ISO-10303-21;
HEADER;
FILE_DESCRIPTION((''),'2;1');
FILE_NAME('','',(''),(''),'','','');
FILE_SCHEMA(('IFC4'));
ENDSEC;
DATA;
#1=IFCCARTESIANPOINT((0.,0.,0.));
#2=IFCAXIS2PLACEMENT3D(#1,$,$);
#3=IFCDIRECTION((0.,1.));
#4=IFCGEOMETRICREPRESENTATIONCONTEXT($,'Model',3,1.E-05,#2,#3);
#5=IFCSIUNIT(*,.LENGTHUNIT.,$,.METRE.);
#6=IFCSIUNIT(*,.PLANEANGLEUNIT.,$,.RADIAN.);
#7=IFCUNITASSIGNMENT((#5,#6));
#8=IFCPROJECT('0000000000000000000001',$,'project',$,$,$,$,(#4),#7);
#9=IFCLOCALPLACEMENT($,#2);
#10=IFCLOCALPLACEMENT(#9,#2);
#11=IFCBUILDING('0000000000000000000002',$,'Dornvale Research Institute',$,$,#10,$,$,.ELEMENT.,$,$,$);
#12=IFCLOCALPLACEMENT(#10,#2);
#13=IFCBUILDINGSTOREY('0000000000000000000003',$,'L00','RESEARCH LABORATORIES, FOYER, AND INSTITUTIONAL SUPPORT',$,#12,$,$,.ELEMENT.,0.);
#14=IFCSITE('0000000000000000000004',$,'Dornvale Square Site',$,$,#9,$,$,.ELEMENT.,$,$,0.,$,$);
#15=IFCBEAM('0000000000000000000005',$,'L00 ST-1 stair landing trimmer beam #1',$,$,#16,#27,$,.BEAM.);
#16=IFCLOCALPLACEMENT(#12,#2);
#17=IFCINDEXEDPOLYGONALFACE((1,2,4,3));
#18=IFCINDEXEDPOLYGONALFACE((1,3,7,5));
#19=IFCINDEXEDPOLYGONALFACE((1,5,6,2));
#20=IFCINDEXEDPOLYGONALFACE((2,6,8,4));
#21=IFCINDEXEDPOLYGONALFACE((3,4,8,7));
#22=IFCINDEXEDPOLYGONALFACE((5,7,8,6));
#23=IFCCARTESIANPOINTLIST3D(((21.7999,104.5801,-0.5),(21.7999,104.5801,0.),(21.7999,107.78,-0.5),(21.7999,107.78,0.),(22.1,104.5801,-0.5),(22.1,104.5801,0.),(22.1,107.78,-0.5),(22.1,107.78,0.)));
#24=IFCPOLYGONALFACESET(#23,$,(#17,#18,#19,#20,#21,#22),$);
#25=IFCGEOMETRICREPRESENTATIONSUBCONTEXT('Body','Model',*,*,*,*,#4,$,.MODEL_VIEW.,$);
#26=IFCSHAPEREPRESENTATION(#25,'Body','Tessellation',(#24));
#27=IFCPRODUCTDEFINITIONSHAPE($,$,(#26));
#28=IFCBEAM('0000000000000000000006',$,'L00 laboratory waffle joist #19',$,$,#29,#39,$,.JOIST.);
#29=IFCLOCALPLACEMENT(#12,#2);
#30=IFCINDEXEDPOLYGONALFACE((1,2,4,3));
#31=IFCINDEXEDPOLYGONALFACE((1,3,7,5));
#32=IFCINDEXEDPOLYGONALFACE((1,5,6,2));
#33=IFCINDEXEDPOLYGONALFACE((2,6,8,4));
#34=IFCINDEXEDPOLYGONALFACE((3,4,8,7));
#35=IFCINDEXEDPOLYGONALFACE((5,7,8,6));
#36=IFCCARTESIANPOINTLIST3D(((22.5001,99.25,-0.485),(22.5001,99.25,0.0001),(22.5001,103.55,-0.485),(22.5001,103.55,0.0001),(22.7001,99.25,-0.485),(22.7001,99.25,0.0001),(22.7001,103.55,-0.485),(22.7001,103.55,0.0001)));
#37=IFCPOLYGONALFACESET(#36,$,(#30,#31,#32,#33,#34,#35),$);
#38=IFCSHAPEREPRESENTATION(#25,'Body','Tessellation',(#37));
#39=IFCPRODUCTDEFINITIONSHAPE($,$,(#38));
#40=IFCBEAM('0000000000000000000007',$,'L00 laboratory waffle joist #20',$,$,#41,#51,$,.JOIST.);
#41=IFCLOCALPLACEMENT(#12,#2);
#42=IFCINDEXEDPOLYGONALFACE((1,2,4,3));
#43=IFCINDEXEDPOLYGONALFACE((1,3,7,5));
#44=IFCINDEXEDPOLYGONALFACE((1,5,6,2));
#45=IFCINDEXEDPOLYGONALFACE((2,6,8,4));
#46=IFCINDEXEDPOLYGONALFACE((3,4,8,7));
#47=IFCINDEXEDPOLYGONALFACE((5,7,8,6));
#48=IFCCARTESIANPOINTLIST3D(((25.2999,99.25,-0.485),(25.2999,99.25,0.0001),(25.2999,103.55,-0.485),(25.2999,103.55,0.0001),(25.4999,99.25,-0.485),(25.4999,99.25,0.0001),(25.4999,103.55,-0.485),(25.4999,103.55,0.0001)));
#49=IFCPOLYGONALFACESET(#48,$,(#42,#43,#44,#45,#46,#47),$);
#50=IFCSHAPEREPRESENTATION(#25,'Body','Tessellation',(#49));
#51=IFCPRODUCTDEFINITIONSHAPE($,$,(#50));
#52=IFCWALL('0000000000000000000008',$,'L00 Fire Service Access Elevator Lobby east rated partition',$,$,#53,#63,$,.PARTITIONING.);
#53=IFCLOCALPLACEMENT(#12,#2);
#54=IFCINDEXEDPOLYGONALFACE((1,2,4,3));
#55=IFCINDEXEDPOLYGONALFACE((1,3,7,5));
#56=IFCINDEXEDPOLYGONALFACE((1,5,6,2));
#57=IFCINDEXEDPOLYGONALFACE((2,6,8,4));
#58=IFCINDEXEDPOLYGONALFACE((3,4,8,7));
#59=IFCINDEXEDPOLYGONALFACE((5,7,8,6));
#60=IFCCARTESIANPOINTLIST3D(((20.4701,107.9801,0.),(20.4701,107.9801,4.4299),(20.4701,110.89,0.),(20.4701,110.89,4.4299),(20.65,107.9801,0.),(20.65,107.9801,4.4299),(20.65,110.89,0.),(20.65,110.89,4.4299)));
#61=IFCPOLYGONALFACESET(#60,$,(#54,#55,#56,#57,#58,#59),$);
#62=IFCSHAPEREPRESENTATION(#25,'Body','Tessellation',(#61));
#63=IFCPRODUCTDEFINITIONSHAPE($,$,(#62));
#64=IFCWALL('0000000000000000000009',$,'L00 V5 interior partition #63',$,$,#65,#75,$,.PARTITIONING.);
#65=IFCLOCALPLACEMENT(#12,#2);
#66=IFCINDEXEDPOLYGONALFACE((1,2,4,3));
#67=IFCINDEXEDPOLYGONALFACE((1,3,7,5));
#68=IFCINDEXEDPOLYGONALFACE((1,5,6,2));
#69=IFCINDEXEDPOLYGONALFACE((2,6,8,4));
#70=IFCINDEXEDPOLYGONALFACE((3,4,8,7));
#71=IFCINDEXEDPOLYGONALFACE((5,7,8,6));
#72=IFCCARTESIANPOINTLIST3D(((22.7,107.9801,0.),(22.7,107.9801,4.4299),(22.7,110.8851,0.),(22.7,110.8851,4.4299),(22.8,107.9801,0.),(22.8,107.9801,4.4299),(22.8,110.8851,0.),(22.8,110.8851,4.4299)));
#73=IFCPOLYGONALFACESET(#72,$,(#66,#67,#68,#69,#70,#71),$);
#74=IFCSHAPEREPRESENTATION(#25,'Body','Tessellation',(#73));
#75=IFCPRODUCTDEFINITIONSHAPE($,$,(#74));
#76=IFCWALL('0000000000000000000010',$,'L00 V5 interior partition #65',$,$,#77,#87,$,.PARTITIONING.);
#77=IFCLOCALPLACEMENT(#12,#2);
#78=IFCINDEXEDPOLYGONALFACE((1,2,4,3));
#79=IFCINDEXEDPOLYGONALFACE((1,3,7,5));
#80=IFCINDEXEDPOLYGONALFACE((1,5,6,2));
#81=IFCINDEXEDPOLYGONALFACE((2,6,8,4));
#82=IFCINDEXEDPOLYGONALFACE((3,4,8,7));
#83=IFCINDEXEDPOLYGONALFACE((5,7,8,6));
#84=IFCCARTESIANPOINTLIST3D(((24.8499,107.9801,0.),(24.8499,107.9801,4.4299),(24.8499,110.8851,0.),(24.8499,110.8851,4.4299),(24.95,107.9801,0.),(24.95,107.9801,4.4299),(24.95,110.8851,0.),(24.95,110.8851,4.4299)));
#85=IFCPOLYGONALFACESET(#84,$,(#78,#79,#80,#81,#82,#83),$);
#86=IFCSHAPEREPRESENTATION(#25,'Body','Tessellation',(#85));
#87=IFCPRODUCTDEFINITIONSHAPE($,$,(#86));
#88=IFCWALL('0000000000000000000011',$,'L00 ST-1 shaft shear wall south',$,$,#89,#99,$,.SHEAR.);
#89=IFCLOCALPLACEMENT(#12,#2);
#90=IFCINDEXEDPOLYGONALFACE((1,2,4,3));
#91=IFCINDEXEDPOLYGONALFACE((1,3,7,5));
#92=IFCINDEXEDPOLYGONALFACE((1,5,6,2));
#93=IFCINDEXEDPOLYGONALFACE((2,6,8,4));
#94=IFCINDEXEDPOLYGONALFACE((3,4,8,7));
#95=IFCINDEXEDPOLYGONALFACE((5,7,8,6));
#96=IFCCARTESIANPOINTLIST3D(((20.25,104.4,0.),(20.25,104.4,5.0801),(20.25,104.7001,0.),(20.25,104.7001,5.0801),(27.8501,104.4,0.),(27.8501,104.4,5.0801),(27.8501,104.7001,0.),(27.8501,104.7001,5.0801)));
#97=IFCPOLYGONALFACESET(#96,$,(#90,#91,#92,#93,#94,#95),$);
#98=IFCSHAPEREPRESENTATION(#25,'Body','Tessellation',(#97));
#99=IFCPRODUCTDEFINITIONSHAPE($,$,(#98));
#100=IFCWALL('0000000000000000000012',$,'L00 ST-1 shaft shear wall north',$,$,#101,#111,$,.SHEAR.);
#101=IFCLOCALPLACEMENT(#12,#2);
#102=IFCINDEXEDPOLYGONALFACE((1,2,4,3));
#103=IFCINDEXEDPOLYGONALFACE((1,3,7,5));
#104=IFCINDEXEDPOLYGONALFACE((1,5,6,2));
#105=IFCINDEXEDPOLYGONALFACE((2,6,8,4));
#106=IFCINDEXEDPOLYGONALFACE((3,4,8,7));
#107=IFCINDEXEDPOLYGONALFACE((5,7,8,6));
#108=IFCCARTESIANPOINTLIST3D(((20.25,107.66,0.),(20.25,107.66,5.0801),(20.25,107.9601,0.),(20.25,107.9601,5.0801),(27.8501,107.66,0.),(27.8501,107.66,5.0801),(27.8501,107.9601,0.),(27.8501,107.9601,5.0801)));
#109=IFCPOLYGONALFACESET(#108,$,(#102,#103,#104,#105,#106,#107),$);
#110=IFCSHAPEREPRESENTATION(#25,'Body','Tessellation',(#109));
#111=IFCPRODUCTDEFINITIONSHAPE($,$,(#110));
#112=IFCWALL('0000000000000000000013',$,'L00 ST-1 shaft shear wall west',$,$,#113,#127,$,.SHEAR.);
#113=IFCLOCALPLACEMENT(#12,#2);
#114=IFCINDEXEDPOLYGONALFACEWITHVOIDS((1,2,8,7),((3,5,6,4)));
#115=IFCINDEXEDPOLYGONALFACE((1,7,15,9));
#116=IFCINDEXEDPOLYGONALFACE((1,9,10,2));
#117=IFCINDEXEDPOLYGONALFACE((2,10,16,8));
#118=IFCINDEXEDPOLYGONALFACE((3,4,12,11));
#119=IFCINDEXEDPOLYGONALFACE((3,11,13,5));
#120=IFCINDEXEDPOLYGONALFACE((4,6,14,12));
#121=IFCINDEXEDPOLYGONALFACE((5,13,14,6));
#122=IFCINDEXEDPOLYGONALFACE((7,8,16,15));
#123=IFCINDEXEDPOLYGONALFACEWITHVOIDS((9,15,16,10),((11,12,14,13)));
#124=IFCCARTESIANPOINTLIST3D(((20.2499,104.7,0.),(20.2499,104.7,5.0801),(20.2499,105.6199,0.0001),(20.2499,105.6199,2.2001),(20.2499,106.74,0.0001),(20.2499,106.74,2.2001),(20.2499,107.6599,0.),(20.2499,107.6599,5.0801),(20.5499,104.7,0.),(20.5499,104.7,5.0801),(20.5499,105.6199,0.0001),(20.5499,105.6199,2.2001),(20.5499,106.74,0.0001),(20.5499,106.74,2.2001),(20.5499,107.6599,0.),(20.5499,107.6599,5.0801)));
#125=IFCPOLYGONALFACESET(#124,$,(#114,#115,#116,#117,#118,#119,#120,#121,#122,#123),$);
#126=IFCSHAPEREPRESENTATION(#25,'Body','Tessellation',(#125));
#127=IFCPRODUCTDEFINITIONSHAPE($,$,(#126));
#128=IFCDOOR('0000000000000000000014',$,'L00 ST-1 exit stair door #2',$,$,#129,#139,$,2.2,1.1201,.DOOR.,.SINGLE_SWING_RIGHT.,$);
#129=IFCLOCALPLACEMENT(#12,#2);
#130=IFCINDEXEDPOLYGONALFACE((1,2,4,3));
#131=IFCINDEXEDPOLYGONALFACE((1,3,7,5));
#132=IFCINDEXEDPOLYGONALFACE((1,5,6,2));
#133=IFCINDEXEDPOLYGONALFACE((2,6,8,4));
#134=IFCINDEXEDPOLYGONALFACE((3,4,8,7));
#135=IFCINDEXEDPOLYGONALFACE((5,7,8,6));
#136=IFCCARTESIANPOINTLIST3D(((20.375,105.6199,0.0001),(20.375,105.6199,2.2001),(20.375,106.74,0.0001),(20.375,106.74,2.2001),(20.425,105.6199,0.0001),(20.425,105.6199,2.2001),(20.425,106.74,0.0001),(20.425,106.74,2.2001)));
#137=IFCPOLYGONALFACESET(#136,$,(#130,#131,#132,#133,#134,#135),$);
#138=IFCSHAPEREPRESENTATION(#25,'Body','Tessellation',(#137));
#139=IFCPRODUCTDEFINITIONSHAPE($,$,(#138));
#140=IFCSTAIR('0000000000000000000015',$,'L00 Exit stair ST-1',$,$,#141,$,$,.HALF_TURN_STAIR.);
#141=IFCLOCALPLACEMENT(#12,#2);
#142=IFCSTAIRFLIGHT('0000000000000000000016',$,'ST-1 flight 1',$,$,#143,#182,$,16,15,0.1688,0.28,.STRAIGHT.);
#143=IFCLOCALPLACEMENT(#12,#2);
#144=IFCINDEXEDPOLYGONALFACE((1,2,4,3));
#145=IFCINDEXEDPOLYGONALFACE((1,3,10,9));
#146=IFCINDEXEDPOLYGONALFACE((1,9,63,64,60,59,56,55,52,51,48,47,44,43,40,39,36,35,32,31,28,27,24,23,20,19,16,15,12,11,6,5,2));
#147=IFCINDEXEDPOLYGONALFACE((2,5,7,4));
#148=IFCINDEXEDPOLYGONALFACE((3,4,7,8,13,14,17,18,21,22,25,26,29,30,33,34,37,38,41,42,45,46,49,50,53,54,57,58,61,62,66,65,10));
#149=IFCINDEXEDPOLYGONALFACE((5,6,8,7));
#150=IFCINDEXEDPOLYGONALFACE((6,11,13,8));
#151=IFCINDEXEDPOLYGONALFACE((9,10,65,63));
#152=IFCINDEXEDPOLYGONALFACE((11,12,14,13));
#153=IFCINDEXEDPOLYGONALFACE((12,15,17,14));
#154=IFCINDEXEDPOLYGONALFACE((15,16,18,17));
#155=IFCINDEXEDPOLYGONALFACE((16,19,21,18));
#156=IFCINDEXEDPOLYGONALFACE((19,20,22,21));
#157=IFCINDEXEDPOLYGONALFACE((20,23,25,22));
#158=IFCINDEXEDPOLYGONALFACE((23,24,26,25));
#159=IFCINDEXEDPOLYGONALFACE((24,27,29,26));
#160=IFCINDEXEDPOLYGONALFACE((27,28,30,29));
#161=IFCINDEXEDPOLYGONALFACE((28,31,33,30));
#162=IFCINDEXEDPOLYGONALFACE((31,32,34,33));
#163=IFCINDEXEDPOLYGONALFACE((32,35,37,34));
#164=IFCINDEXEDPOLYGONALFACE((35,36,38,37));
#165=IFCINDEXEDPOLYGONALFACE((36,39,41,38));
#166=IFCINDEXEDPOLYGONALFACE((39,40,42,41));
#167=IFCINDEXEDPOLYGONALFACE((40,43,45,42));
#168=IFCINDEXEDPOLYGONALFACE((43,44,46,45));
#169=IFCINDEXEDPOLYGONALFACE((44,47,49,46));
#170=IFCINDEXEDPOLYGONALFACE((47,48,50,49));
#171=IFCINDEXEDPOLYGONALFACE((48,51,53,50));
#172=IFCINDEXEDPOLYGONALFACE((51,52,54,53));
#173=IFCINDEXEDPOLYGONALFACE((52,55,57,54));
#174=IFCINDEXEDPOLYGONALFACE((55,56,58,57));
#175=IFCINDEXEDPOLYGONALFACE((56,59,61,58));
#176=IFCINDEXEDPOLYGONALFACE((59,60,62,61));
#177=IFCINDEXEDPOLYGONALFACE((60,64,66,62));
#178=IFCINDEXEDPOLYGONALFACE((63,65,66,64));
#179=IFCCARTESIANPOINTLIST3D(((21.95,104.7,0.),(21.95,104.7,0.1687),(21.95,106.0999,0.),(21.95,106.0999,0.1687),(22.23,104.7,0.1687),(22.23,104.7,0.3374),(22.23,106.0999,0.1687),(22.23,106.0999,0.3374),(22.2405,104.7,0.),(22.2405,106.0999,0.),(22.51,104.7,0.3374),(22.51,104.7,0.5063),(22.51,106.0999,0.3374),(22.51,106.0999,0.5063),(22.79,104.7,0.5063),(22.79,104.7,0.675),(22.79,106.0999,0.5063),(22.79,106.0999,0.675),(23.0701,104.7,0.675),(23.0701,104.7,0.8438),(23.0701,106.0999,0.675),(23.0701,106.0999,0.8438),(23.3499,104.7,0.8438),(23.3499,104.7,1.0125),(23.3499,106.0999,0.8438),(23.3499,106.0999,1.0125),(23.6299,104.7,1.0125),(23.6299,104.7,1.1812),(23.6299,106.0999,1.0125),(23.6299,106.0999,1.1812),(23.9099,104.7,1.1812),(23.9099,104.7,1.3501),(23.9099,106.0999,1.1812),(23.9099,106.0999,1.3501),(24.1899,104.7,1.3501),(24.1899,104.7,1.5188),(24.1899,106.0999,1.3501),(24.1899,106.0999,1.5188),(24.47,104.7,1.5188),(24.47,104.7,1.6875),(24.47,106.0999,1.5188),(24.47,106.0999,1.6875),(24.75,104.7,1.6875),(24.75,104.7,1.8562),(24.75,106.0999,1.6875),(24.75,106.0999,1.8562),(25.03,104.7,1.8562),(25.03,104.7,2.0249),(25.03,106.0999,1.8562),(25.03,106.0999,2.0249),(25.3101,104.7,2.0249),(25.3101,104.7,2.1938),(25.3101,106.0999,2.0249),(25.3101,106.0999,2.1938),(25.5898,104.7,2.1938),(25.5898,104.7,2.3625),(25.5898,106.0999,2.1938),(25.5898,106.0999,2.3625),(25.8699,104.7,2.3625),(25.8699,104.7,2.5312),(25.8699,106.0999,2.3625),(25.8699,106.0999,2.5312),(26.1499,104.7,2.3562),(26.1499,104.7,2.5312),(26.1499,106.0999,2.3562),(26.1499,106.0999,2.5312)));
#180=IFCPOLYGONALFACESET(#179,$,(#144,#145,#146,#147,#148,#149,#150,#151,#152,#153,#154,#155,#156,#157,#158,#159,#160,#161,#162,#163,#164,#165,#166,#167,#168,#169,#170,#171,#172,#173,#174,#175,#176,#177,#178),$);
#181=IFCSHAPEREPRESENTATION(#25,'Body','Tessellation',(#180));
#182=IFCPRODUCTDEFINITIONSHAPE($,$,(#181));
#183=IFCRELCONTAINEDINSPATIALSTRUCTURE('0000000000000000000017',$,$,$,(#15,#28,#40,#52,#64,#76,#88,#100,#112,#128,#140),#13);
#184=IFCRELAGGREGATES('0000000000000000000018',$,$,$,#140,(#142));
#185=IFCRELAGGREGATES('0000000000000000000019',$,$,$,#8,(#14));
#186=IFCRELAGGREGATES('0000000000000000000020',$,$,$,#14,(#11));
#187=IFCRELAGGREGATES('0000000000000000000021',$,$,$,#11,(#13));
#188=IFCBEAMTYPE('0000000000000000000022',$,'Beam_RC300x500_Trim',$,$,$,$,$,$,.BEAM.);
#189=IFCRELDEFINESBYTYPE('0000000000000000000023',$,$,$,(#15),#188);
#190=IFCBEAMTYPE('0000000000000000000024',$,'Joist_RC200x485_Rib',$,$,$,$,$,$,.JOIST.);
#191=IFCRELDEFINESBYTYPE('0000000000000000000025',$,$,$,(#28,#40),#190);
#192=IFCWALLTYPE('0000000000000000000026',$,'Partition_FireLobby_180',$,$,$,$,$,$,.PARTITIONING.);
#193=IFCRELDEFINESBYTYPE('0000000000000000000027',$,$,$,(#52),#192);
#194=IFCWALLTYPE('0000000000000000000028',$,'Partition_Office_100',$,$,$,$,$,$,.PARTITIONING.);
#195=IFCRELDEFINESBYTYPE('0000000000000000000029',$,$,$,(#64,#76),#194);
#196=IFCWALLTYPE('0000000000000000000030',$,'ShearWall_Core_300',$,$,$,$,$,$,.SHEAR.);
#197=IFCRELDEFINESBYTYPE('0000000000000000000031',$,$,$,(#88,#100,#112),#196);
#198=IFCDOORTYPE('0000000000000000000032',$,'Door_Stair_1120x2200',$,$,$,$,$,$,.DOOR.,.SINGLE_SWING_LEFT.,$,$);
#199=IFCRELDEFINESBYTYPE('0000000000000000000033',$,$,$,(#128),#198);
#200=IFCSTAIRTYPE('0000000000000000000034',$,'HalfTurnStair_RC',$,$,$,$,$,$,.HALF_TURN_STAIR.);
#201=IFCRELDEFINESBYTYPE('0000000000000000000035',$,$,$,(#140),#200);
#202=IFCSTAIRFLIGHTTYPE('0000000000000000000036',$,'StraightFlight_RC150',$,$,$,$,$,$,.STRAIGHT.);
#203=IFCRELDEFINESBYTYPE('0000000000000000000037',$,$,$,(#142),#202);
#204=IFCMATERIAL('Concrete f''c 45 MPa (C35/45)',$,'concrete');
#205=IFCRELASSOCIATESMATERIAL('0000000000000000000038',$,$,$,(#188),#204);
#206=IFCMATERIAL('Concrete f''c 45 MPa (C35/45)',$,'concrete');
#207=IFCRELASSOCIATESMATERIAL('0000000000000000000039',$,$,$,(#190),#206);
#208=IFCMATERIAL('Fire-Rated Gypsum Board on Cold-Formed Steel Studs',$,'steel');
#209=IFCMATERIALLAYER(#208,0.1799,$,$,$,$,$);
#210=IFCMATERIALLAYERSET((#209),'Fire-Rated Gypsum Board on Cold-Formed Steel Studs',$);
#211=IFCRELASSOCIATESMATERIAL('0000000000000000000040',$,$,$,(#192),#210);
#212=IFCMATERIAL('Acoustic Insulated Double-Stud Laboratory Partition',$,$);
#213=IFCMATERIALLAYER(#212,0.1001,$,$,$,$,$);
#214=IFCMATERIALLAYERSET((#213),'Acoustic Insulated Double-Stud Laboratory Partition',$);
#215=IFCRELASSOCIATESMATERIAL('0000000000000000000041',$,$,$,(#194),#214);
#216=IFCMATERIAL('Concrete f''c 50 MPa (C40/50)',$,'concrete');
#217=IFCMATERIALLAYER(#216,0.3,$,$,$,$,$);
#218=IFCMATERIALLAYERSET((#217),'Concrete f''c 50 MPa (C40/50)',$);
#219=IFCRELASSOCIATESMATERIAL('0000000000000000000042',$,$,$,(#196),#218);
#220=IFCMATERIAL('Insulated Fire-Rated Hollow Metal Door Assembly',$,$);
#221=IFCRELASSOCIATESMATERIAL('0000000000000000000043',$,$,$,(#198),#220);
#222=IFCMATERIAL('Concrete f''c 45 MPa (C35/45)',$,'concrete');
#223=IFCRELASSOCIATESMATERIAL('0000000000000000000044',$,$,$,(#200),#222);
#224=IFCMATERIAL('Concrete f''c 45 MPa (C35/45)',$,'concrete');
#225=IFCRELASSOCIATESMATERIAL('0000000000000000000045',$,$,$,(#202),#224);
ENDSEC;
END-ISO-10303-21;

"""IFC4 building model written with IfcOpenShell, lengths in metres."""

from ifc_helpers import new_model, si_unit, direction, frame, frame_2d, origin, origin_2d, place, context, subcontext, project, spatial, polyline, rectangle, outline, extrude, material, layer, layer_set, material_profile, profile_set, type_object, element, fill, aggregate, save


model = new_model("IFC4")

# Units and contexts
model_context = context("Model", 3, precision=1e-05, world=origin(), true_north=direction((0.0, 1.0)))
body_context = subcontext(model_context, "Body", "Model", "MODEL_VIEW")
ifc_project = project(units=[si_unit("LENGTHUNIT", "METRE"), si_unit("PLANEANGLEUNIT", "RADIAN")], contexts=[model_context])

# Site, building, storey
site_placement = place(None, origin())
site = spatial("IfcSite", under=ifc_project, at=site_placement, Name="Dornvale Square Site", CompositionType="ELEMENT", RefElevation=0.0)
building_placement = place(site_placement, origin())
building = spatial("IfcBuilding", under=site, at=building_placement, Name="Dornvale Research Institute", CompositionType="ELEMENT")
storey_placement = place(building_placement, origin())
storey = spatial("IfcBuildingStorey", under=building, at=storey_placement, Name="L00", Description="RESEARCH LABORATORIES, FOYER, AND INSTITUTIONAL SUPPORT", CompositionType="ELEMENT", Elevation=0.0)

# Beams
ifc_material_1 = material(Name="Concrete f'c 45 MPa (C35/45)", Category="concrete")
ifc_material_profile_1 = material_profile(ifc_material_1, rectangle(XDim=0.3, YDim=0.5, at=origin_2d()), Name="RC 300x500")
ifc_profile_set_1 = profile_set([ifc_material_profile_1], Name="Concrete f'c 45 MPa (C35/45)")
beam_type_1 = type_object("IfcBeamType", Name="Beam_RC300x500_Trim", PredefinedType="BEAM", material=ifc_profile_set_1)
beam_placement = place(storey_placement, frame((21.95, 104.5801, -0.25), z_axis=(0.0, 1.0, 0.0), x_axis=(-1.0, 0.0, 0.0)))
element("IfcBeam", 1, at=beam_placement, inside=storey, type_object=beam_type_1, Name="L00 ST-1 stair landing trimmer beam #1", PredefinedType="BEAM", context=body_context, shape_type="SweptSolid", body=[
    extrude(rectangle(XDim=0.3, YDim=0.5, at=origin_2d()), origin(), (0.0, 0.0, 1.0), 3.2),
])
ifc_material_2 = material(Name="Concrete f'c 45 MPa (C35/45)", Category="concrete")
ifc_material_profile_2 = material_profile(ifc_material_2, rectangle(XDim=0.2, YDim=0.4851, at=origin_2d()), Name="RC 200x485")
ifc_profile_set_2 = profile_set([ifc_material_profile_2], Name="Concrete f'c 45 MPa (C35/45)")
beam_type_2 = type_object("IfcBeamType", Name="Joist_RC200x485_Rib", PredefinedType="JOIST", material=ifc_profile_set_2)
for number, where, z_axis, x_axis, name in (
    (2, (22.6001, 99.25, -0.2424), (0.0, 1.0, 0.0), (-1.0, 0.0, 0.0), "L00 laboratory waffle joist #19"),
    (3, (25.3999, 99.25, -0.2424), (0.0, 1.0, 0.0), (-1.0, 0.0, 0.0), "L00 laboratory waffle joist #20"),
):
    element("IfcBeam", number, at=place(storey_placement, frame(where, z_axis=z_axis, x_axis=x_axis)), inside=storey, type_object=beam_type_2, Name=name, PredefinedType="JOIST", context=body_context, shape_type="SweptSolid", body=[
        extrude(rectangle(XDim=0.2, YDim=0.4851, at=origin_2d()), origin(), (0.0, 0.0, 1.0), 4.3),
    ])

# Walls
ifc_material_3 = material(Name="Fire-Rated Gypsum Board on Cold-Formed Steel Studs", Category="steel")
ifc_layer_1 = layer(ifc_material_3, 0.1799)
ifc_layer_set_1 = layer_set([ifc_layer_1], Name="Fire-Rated Gypsum Board on Cold-Formed Steel Studs")
wall_type_1 = type_object("IfcWallType", Name="Partition_FireLobby_180", PredefinedType="PARTITIONING", material=ifc_layer_set_1)
wall_1_placement = place(storey_placement, frame((20.5601, 107.98, 0.0), z_axis=(0.0, 0.0, 1.0), x_axis=(0.0, 1.0, 0.0)))
element("IfcWall", 4, at=wall_1_placement, inside=storey, type_object=wall_type_1, Name="L00 Fire Service Access Elevator Lobby east rated partition", PredefinedType="PARTITIONING", context=body_context, shape_type="SweptSolid", body=[
    extrude(rectangle(XDim=2.9099, YDim=0.1799, at=frame_2d((1.4551, 0.0))), origin(), (0.0, 0.0, 1.0), 4.4299),
])
ifc_material_4 = material(Name="Acoustic Insulated Double-Stud Laboratory Partition")
ifc_layer_2 = layer(ifc_material_4, 0.1001)
ifc_layer_set_2 = layer_set([ifc_layer_2], Name="Acoustic Insulated Double-Stud Laboratory Partition")
wall_type_2 = type_object("IfcWallType", Name="Partition_Office_100", PredefinedType="PARTITIONING", material=ifc_layer_set_2)
for number, where, z_axis, x_axis, name in (
    (5, (22.75, 107.98, 0.0), (0.0, 0.0, 1.0), (0.0, 1.0, 0.0), "L00 V5 interior partition #63"),
    (6, (24.8999, 107.98, 0.0), (0.0, 0.0, 1.0), (0.0, 1.0, 0.0), "L00 V5 interior partition #65"),
):
    element("IfcWall", number, at=place(storey_placement, frame(where, z_axis=z_axis, x_axis=x_axis)), inside=storey, type_object=wall_type_2, Name=name, PredefinedType="PARTITIONING", context=body_context, shape_type="SweptSolid", body=[
        extrude(rectangle(XDim=2.905, YDim=0.1001, at=frame_2d((1.4526, 0.0))), origin(), (0.0, 0.0, 1.0), 4.4299),
    ])
ifc_material_5 = material(Name="Concrete f'c 50 MPa (C40/50)", Category="concrete")
ifc_layer_3 = layer(ifc_material_5, 0.3)
ifc_layer_set_3 = layer_set([ifc_layer_3], Name="Concrete f'c 50 MPa (C40/50)")
wall_type_3 = type_object("IfcWallType", Name="ShearWall_Core_300", PredefinedType="SHEAR", material=ifc_layer_set_3)
for number, where, z_axis, x_axis, name in (
    (7, (20.25, 104.55, 0.0), (0.0, 0.0, 1.0), (1.0, 0.0, 0.0), "L00 ST-1 shaft shear wall south"),
    (8, (20.25, 107.8101, 0.0), (0.0, 0.0, 1.0), (1.0, 0.0, 0.0), "L00 ST-1 shaft shear wall north"),
):
    element("IfcWall", number, at=place(storey_placement, frame(where, z_axis=z_axis, x_axis=x_axis)), inside=storey, type_object=wall_type_3, Name=name, PredefinedType="SHEAR", context=body_context, shape_type="SweptSolid", body=[
        extrude(rectangle(XDim=7.6001, YDim=0.3, at=frame_2d((3.8, 0.0))), origin(), (0.0, 0.0, 1.0), 5.0801),
    ])

# Wall, opening, door
wall_2_placement = place(storey_placement, frame((20.3999, 104.7, 0.0), z_axis=(0.0, 0.0, 1.0), x_axis=(0.0, 1.0, 0.0)))
wall_2 = element("IfcWall", 9, at=wall_2_placement, inside=storey, type_object=wall_type_3, Name="L00 ST-1 shaft shear wall west", PredefinedType="SHEAR", context=body_context, shape_type="SweptSolid", body=[
    extrude(rectangle(XDim=2.96, YDim=0.3, at=frame_2d((1.48, 0.0))), origin(), (0.0, 0.0, 1.0), 5.0801),
])
opening_placement = place(wall_2_placement, frame((0.9199, 0.0, 0.0)))
opening = element("IfcOpeningElement", 10, at=opening_placement, cuts=wall_2, PredefinedType="OPENING", context=body_context, shape_type="SweptSolid", body=[
    extrude(rectangle(XDim=1.1201, YDim=2.2, at=frame_2d((0.5601, 1.1001))), frame((0.0, 0.165, 0.0), z_axis=(0.0, -1.0, 0.0), x_axis=(1.0, 0.0, 0.0)), (0.0, 0.0, 1.0), 0.3301),
])
ifc_material_6 = material(Name="Insulated Fire-Rated Hollow Metal Door Assembly")
door_type = type_object("IfcDoorType", Name="Door_Stair_1120x2200", OperationType="SINGLE_SWING_LEFT", PredefinedType="DOOR", material=ifc_material_6)
door_placement = place(opening_placement, origin())
door = element("IfcDoor", 11, at=door_placement, inside=storey, type_object=door_type, Name="L00 ST-1 exit stair door #2", OperationType="SINGLE_SWING_RIGHT", OverallHeight=2.2, OverallWidth=1.1201, PredefinedType="DOOR", context=body_context, shape_type="SweptSolid", body=[
    extrude(rectangle(XDim=1.1201, YDim=2.2, at=frame_2d((0.5601, 1.1001))), frame((0.0, 0.0249, 0.0), z_axis=(0.0, -1.0, 0.0), x_axis=(1.0, 0.0, 0.0)), (0.0, 0.0, 1.0), 0.05),
])
fill(opening, door)

# Stair, stair flight
ifc_material_7 = material(Name="Concrete f'c 45 MPa (C35/45)", Category="concrete")
stair_type = type_object("IfcStairType", Name="HalfTurnStair_RC", PredefinedType="HALF_TURN_STAIR", material=ifc_material_7)
stair_placement = place(storey_placement, origin())
stair = element("IfcStair", 12, at=stair_placement, inside=storey, type_object=stair_type, Name="L00 Exit stair ST-1", PredefinedType="HALF_TURN_STAIR")
ifc_material_8 = material(Name="Concrete f'c 45 MPa (C35/45)", Category="concrete")
stair_flight_type = type_object("IfcStairFlightType", Name="StraightFlight_RC150", PredefinedType="STRAIGHT", material=ifc_material_8)
stair_flight_1_placement = place(storey_placement, frame((21.95, 105.3999, 0.0), z_axis=(0.0, 0.0, 1.0), x_axis=(1.0, 0.0, 0.0)))
stair_flight_1 = element("IfcStairFlight", 13, at=stair_flight_1_placement, type_object=stair_flight_type, Name="ST-1 flight 1", NumberOfRisers=16, NumberOfTreads=15, PredefinedType="STRAIGHT", RiserHeight=0.1688, TreadLength=0.28, context=body_context, shape_type="SweptSolid", body=[
    extrude(outline(polyline([(0.0, 0.0), (0.0, 0.1687), (0.28, 0.1687), (0.28, 0.3374), (0.5601, 0.3374), (0.5601, 0.5063), (0.8401, 0.5063), (0.8401, 0.675), (1.1201, 0.675), (1.1201, 0.8438), (1.3999, 0.8438), (1.3999, 1.0125), (1.6799, 1.0125), (1.6799, 1.1812), (1.96, 1.1812), (1.96, 1.3501), (2.24, 1.3501), (2.24, 1.5188), (2.52, 1.5188), (2.52, 1.6875), (2.8, 1.6875), (2.8, 1.8562), (3.0801, 1.8562), (3.0801, 2.0249), (3.3601, 2.0249), (3.3601, 2.1938), (3.6399, 2.1938), (3.6399, 2.3625), (3.9199, 2.3625), (3.9199, 2.5312), (4.2, 2.5312), (4.2, 2.7), (4.2, 2.3562), (0.2905, 0.0), (0.0, 0.0)])), frame((0.0, 0.7, 0.0), z_axis=(0.0, -1.0, 0.0), x_axis=(1.0, 0.0, 0.0)), (0.0, 0.0, 1.0), 1.3999),
])
aggregate(stair, [stair_flight_1])

save(model, "model.ifc")
